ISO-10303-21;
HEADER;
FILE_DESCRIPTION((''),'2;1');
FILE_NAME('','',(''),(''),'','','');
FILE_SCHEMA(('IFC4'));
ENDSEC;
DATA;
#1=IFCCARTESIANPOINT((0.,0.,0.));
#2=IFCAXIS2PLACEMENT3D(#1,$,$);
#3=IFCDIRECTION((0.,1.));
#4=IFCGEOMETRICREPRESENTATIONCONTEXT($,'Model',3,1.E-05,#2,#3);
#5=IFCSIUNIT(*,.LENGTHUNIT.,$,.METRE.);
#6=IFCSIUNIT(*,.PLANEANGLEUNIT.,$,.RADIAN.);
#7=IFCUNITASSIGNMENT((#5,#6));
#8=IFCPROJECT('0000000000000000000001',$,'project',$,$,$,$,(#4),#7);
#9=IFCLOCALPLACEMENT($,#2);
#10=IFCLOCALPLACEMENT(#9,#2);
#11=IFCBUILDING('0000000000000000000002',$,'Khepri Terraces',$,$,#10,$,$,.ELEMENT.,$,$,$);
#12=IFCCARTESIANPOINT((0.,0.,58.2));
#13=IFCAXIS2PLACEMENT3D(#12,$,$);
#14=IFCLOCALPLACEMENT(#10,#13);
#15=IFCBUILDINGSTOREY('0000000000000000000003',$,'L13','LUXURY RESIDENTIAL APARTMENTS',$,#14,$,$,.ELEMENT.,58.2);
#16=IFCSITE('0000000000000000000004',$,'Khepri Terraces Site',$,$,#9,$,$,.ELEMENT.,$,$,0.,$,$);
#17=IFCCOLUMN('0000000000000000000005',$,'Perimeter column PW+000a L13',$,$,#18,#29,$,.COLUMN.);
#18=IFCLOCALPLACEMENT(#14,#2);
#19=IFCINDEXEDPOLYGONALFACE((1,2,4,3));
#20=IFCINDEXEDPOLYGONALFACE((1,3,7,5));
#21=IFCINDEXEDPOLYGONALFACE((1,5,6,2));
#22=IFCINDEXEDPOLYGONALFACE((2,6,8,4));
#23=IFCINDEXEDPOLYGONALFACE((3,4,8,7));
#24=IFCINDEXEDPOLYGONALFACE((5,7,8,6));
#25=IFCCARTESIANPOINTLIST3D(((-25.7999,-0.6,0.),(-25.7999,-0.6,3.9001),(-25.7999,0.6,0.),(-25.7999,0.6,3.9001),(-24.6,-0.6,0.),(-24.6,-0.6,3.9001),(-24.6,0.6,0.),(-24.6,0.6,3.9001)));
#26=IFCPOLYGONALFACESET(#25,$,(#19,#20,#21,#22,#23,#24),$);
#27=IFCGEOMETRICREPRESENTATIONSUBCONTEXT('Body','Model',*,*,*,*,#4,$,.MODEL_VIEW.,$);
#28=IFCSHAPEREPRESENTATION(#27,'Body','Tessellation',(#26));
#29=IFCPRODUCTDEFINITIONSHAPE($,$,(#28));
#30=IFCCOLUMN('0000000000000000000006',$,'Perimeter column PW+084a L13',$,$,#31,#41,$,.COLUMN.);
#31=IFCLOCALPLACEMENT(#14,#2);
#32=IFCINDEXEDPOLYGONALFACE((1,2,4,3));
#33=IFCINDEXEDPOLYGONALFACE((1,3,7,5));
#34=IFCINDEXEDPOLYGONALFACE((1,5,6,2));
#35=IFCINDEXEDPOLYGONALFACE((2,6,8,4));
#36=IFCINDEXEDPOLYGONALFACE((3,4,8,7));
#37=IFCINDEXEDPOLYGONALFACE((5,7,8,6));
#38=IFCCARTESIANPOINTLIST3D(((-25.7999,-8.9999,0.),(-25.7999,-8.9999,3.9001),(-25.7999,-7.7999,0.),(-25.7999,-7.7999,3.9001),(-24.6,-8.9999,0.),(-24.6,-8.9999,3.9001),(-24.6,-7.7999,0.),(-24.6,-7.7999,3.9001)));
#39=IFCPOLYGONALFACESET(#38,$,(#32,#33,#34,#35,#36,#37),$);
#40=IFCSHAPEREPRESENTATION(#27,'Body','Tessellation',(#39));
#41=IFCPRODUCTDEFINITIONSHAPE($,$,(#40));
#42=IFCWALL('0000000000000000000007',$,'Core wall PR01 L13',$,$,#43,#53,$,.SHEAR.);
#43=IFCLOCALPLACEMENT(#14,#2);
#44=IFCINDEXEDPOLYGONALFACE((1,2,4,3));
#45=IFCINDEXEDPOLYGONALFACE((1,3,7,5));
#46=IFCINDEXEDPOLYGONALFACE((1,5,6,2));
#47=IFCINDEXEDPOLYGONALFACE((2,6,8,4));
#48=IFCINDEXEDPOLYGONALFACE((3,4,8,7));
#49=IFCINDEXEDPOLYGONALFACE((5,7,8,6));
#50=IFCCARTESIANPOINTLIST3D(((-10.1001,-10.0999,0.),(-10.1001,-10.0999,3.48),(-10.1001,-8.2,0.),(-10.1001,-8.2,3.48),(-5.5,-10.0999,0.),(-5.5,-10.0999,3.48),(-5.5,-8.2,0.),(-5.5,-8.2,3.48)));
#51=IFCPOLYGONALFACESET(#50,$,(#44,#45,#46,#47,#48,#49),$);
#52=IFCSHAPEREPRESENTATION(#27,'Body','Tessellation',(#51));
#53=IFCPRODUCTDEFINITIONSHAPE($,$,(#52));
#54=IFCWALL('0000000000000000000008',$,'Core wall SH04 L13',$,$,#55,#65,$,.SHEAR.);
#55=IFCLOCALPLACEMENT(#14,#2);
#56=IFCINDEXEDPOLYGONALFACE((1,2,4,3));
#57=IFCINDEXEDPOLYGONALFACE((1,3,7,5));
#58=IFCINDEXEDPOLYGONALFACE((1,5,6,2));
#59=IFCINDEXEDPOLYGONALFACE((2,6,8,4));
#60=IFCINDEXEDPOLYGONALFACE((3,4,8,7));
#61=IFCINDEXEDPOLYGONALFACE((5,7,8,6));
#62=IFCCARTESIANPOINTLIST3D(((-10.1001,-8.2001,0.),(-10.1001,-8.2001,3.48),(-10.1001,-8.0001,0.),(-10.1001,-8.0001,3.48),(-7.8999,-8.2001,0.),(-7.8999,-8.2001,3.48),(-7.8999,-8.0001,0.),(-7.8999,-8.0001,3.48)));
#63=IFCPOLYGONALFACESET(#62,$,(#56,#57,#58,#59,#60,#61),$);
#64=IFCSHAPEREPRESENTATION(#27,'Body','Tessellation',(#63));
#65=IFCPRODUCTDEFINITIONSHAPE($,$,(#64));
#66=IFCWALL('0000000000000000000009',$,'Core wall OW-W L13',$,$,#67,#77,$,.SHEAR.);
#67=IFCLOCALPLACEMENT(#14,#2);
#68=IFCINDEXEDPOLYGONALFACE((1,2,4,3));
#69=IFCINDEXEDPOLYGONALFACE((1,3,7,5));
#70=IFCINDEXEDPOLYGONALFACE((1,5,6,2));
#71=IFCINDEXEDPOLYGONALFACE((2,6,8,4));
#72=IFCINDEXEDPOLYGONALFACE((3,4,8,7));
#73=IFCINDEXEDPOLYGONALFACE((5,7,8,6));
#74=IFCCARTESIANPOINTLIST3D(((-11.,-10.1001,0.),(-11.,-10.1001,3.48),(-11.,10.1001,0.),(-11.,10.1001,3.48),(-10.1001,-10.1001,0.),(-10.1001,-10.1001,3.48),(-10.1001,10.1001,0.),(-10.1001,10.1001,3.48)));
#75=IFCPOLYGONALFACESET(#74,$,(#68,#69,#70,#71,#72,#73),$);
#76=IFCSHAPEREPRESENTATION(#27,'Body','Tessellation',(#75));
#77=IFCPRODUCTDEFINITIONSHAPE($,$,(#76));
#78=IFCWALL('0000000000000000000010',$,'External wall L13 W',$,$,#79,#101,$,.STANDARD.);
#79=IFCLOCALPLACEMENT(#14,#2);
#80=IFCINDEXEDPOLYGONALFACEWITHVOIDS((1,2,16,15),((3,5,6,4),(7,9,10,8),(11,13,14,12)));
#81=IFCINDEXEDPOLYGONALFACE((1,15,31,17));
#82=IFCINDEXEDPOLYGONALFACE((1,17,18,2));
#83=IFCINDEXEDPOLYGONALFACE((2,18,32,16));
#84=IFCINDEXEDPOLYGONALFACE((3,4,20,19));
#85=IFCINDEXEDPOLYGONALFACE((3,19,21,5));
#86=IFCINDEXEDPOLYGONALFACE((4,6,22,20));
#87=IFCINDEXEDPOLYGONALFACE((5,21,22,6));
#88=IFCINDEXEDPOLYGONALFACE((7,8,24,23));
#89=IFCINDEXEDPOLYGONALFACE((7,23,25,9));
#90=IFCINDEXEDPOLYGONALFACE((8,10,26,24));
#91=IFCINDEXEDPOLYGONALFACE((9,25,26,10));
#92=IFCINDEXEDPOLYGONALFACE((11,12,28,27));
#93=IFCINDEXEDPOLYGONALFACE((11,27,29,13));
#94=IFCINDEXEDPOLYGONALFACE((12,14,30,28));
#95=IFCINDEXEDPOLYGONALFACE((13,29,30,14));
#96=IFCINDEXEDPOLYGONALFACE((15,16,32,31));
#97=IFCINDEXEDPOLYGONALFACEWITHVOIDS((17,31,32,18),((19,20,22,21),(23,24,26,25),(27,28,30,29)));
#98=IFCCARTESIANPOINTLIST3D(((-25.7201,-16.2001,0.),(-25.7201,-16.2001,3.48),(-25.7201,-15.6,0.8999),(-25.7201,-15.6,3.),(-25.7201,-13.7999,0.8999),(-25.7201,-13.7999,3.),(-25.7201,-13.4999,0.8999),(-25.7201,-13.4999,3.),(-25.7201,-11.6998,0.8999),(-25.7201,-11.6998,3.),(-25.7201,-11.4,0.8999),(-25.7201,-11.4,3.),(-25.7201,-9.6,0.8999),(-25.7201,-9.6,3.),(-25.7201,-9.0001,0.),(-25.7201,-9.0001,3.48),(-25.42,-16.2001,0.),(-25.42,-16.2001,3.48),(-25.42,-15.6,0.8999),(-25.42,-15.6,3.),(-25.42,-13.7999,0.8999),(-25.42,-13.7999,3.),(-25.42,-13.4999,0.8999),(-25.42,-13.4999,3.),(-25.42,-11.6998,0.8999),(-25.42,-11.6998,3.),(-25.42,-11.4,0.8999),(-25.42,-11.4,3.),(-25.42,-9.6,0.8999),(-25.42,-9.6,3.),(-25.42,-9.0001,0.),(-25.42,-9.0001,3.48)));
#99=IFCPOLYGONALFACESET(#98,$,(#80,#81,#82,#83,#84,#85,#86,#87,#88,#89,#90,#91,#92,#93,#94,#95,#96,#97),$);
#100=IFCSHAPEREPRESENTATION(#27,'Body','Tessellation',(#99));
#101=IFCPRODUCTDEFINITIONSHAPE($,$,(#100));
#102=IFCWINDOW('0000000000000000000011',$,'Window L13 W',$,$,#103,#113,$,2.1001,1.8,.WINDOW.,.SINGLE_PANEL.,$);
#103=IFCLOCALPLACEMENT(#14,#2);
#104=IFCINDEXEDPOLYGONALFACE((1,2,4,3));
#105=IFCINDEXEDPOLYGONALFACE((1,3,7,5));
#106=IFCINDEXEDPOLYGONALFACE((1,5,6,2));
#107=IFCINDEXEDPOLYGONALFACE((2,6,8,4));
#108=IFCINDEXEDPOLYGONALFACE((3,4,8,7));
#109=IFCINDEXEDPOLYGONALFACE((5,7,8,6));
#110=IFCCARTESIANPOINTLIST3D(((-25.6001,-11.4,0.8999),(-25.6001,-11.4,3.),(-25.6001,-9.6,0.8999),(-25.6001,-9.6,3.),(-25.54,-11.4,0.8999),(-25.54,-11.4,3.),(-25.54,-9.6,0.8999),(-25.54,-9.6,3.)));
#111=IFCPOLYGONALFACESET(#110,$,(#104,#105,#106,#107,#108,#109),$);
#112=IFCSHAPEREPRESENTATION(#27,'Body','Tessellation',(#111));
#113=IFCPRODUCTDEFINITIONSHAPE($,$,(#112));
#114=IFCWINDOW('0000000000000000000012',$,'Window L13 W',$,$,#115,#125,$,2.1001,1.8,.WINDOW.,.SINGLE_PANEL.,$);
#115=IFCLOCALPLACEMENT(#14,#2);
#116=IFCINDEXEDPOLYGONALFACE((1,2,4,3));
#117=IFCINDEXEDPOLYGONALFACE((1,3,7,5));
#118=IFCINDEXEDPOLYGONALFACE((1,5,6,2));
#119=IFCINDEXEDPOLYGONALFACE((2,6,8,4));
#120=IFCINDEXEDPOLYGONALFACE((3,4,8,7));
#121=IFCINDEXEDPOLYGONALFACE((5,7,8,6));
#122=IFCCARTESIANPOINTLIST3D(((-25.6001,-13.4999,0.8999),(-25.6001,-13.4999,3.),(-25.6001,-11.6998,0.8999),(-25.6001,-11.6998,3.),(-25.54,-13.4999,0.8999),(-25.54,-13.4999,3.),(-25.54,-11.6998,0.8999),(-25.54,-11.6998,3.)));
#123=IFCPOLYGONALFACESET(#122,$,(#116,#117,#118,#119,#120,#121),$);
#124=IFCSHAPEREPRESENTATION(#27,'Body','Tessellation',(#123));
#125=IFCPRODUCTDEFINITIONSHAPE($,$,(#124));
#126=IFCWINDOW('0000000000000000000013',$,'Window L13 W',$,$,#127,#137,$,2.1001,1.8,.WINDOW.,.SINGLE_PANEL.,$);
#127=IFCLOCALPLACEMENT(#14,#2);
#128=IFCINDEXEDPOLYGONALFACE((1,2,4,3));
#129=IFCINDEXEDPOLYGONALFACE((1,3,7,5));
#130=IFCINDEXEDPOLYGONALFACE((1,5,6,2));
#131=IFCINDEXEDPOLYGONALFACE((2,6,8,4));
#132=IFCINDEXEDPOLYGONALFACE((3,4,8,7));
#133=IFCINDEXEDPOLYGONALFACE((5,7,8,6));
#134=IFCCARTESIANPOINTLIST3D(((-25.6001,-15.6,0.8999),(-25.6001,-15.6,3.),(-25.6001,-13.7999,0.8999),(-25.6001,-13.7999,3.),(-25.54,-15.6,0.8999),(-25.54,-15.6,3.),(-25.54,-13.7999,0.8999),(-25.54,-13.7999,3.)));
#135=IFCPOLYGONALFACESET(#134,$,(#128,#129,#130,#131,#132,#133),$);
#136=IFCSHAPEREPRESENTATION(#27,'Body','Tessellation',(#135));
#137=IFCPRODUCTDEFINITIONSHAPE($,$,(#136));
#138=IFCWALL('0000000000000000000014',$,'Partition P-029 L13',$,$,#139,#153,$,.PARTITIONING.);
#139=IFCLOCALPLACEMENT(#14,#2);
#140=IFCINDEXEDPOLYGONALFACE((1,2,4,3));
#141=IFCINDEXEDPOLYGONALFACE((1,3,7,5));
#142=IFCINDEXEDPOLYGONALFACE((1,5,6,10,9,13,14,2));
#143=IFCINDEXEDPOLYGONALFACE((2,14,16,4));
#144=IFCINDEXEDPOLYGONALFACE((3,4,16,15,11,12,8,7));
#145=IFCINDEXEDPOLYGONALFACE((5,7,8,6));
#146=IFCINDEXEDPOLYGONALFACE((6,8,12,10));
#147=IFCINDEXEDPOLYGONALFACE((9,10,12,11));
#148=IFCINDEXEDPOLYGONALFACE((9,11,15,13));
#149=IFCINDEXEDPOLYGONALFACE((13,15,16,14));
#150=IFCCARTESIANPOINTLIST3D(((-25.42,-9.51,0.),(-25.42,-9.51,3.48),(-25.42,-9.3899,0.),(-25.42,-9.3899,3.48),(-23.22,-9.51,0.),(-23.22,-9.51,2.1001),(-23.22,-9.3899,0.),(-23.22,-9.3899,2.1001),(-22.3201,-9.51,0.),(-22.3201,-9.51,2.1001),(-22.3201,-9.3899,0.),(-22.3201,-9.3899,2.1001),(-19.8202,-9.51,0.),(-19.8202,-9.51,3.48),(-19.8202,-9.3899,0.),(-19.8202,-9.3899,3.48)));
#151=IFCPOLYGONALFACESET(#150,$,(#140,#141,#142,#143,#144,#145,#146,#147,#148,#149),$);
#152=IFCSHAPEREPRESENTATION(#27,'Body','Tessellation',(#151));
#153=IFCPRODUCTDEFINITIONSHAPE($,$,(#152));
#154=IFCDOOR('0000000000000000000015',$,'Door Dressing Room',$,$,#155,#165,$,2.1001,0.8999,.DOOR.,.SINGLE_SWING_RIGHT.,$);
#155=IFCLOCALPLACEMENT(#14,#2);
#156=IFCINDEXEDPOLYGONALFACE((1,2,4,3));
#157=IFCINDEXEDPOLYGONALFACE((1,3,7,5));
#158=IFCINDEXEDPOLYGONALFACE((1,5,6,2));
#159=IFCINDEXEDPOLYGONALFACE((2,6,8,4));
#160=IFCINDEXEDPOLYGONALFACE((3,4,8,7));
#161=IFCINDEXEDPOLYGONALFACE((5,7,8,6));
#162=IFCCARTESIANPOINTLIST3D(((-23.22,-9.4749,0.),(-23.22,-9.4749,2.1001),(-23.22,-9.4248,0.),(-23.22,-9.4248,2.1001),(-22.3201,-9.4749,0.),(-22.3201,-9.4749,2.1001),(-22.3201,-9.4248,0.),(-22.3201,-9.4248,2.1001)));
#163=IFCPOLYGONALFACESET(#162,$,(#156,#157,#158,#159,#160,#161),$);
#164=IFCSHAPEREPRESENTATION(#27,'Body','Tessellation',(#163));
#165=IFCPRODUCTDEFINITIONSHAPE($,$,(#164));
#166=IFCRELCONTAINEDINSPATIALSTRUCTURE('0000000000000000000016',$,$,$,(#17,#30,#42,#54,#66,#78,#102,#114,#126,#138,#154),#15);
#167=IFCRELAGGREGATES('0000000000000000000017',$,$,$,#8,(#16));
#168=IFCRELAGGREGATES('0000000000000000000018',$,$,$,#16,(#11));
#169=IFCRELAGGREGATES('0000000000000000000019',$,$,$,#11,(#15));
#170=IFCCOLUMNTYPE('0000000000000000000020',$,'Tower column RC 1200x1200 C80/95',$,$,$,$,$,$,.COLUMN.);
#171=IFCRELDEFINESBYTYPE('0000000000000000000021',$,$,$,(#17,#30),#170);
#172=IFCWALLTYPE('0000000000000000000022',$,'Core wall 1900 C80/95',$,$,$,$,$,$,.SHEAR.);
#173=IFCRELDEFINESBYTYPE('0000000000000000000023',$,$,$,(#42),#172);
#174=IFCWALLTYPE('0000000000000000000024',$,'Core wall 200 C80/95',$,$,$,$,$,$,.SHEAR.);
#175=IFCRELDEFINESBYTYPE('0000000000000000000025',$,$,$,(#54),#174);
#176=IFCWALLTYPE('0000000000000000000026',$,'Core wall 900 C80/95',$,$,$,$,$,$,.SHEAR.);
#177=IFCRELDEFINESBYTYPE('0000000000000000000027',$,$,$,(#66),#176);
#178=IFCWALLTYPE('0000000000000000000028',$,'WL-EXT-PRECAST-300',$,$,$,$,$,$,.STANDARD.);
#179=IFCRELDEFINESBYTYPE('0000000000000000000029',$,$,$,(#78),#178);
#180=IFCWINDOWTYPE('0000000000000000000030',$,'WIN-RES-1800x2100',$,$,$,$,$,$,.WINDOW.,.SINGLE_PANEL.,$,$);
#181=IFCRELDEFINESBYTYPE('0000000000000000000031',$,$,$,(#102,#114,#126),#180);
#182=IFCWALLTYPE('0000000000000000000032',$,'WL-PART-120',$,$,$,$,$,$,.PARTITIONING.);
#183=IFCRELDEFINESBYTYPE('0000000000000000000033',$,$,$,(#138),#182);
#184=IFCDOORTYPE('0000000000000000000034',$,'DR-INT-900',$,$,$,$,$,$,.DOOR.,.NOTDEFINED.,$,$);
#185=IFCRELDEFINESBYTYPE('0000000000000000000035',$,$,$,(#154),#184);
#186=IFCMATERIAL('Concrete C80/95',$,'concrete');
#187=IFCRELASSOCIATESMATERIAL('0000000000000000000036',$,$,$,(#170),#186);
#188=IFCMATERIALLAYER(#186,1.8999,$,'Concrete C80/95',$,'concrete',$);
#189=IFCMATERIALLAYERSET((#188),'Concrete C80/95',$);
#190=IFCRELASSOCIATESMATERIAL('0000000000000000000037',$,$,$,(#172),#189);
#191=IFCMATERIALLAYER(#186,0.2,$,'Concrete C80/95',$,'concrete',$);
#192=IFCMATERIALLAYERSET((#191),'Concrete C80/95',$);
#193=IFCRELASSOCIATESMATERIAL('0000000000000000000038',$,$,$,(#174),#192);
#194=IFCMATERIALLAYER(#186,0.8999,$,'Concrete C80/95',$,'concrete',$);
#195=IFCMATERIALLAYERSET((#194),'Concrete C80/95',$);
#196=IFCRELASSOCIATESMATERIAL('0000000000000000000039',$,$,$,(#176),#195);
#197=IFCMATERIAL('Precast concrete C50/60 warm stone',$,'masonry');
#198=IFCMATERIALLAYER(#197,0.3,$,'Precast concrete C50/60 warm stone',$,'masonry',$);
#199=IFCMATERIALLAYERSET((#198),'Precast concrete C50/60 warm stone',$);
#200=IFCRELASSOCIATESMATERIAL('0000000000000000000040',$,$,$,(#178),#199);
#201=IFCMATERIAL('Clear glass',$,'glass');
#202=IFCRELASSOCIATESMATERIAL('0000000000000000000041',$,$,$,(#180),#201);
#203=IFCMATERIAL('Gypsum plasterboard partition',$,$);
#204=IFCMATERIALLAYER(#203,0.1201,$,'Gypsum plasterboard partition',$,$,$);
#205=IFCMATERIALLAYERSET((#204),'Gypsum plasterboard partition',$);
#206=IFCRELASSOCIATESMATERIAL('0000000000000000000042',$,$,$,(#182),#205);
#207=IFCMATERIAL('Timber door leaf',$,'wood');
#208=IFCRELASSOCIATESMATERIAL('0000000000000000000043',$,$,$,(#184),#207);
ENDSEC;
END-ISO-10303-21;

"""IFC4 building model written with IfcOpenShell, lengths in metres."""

from ifc_helpers import new_model, si_unit, direction, frame, frame_2d, origin, origin_2d, place, context, subcontext, project, spatial, rectangle, extrude, material, layer, layer_set, material_profile, profile_set, type_object, element, fill, save


model = new_model("IFC4")

# Units and contexts
model_context = context("Model", 3, precision=1e-05, world=origin(), true_north=direction((0.0, 1.0)))
body_context = subcontext(model_context, "Body", "Model", "MODEL_VIEW")
ifc_project = project(units=[si_unit("LENGTHUNIT", "METRE"), si_unit("PLANEANGLEUNIT", "RADIAN")], contexts=[model_context])

# Site, building, storey
site_placement = place(None, origin())
site = spatial("IfcSite", under=ifc_project, at=site_placement, Name="Khepri Terraces Site", CompositionType="ELEMENT", RefElevation=0.0)
building_placement = place(site_placement, origin())
building = spatial("IfcBuilding", under=site, at=building_placement, Name="Khepri Terraces", CompositionType="ELEMENT")
storey_placement = place(building_placement, frame((0.0, 0.0, 58.2)))
storey = spatial("IfcBuildingStorey", under=building, at=storey_placement, Name="L13", Description="LUXURY RESIDENTIAL APARTMENTS", CompositionType="ELEMENT", Elevation=58.2)

# Columns
ifc_material_1 = material(Name="Concrete C80/95", Category="concrete")
ifc_material_profile = material_profile(ifc_material_1, rectangle(XDim=1.2, YDim=1.2, at=origin_2d()), Name="Concrete C80/95", Category="concrete")
ifc_profile_set = profile_set([ifc_material_profile], Name="Concrete C80/95")
column_type = type_object("IfcColumnType", Name="Tower column RC 1200x1200 C80/95", PredefinedType="COLUMN", material=ifc_profile_set)
for number, where, z_axis, x_axis, name in (
    (1, (-25.2, 0.0, 0.0), (0.0, 0.0, 1.0), (1.0, 0.0, 0.0), "Perimeter column PW+000a L13"),
    (2, (-25.2, -8.3999, 0.0), (0.0, 0.0, 1.0), (1.0, 0.0, 0.0), "Perimeter column PW+084a L13"),
):
    element("IfcColumn", number, at=place(storey_placement, frame(where, z_axis=z_axis, x_axis=x_axis)), inside=storey, type_object=column_type, Name=name, PredefinedType="COLUMN", context=body_context, shape_type="SweptSolid", body=[
        extrude(rectangle(XDim=1.2, YDim=1.2, at=origin_2d()), origin(), (0.0, 0.0, 1.0), 3.9001),
    ])

# Walls
ifc_layer_1 = layer(ifc_material_1, 1.8999, Name="Concrete C80/95", Category="concrete")
ifc_layer_set_1 = layer_set([ifc_layer_1], Name="Concrete C80/95")
wall_type_1 = type_object("IfcWallType", Name="Core wall 1900 C80/95", PredefinedType="SHEAR", material=ifc_layer_set_1)
wall_1_placement = place(storey_placement, frame((-10.1001, -9.1499, 0.0), z_axis=(0.0, 0.0, 1.0), x_axis=(1.0, 0.0, 0.0)))
element("IfcWall", 3, at=wall_1_placement, inside=storey, type_object=wall_type_1, Name="Core wall PR01 L13", PredefinedType="SHEAR", context=body_context, shape_type="SweptSolid", body=[
    extrude(rectangle(XDim=4.6001, YDim=1.8999, at=frame_2d((2.3, 0.0))), origin(), (0.0, 0.0, 1.0), 3.48),
])
ifc_layer_2 = layer(ifc_material_1, 0.2, Name="Concrete C80/95", Category="concrete")
ifc_layer_set_2 = layer_set([ifc_layer_2], Name="Concrete C80/95")
wall_type_2 = type_object("IfcWallType", Name="Core wall 200 C80/95", PredefinedType="SHEAR", material=ifc_layer_set_2)
wall_2_placement = place(storey_placement, frame((-10.1001, -8.1001, 0.0), z_axis=(0.0, 0.0, 1.0), x_axis=(1.0, 0.0, 0.0)))
element("IfcWall", 4, at=wall_2_placement, inside=storey, type_object=wall_type_2, Name="Core wall SH04 L13", PredefinedType="SHEAR", context=body_context, shape_type="SweptSolid", body=[
    extrude(rectangle(XDim=2.2002, YDim=0.2, at=frame_2d((1.1001, 0.0))), origin(), (0.0, 0.0, 1.0), 3.48),
])
ifc_layer_3 = layer(ifc_material_1, 0.8999, Name="Concrete C80/95", Category="concrete")
ifc_layer_set_3 = layer_set([ifc_layer_3], Name="Concrete C80/95")
wall_type_3 = type_object("IfcWallType", Name="Core wall 900 C80/95", PredefinedType="SHEAR", material=ifc_layer_set_3)
wall_3_placement = place(storey_placement, frame((-10.55, -10.1001, 0.0), z_axis=(0.0, 0.0, 1.0), x_axis=(0.0, 1.0, 0.0)))
element("IfcWall", 5, at=wall_3_placement, inside=storey, type_object=wall_type_3, Name="Core wall OW-W L13", PredefinedType="SHEAR", context=body_context, shape_type="SweptSolid", body=[
    extrude(rectangle(XDim=20.2002, YDim=0.8999, at=frame_2d((10.1001, 0.0))), origin(), (0.0, 0.0, 1.0), 3.48),
])

# Shared definitions
ifc_material_2 = material(Name="Precast concrete C50/60 warm stone", Category="masonry")
ifc_layer_4 = layer(ifc_material_2, 0.3, Name="Precast concrete C50/60 warm stone", Category="masonry")
ifc_layer_set_4 = layer_set([ifc_layer_4], Name="Precast concrete C50/60 warm stone")
wall_type_4 = type_object("IfcWallType", Name="WL-EXT-PRECAST-300", PredefinedType="STANDARD", material=ifc_layer_set_4)
ifc_material_3 = material(Name="Clear glass", Category="glass")
window_type = type_object("IfcWindowType", Name="WIN-RES-1800x2100", PartitioningType="SINGLE_PANEL", PredefinedType="WINDOW", material=ifc_material_3)

# Wall, openings, windows
wall_4_placement = place(storey_placement, frame((-25.5701, -9.0, 0.0), z_axis=(0.0, 0.0, 1.0), x_axis=(0.0, -1.0, 0.0)))
wall_4 = element("IfcWall", 6, at=wall_4_placement, inside=storey, type_object=wall_type_4, Name="External wall L13 W", PredefinedType="STANDARD", context=body_context, shape_type="SweptSolid", body=[
    extrude(rectangle(XDim=7.2, YDim=0.3, at=frame_2d((3.6001, 0.0))), origin(), (0.0, 0.0, 1.0), 3.48),
])
opening_1_placement = place(wall_4_placement, frame((0.6001, 0.0, 0.8999)))
opening_1 = element("IfcOpeningElement", 7, at=opening_1_placement, cuts=wall_4, PredefinedType="OPENING", context=body_context, shape_type="SweptSolid", body=[
    extrude(rectangle(XDim=1.8, YDim=2.1001, at=frame_2d((0.8999, 1.05))), frame((0.0, 0.1602, 0.0), z_axis=(0.0, -1.0, 0.0), x_axis=(1.0, 0.0, 0.0)), (0.0, 0.0, 1.0), 0.3201),
])
opening_2_placement = place(wall_4_placement, frame((2.7, 0.0, 0.8999)))
opening_2 = element("IfcOpeningElement", 8, at=opening_2_placement, cuts=wall_4, PredefinedType="OPENING", context=body_context, shape_type="SweptSolid", body=[
    extrude(rectangle(XDim=1.8, YDim=2.1001, at=frame_2d((0.8999, 1.05))), frame((0.0, 0.1602, 0.0), z_axis=(0.0, -1.0, 0.0), x_axis=(1.0, 0.0, 0.0)), (0.0, 0.0, 1.0), 0.3201),
])
opening_3_placement = place(wall_4_placement, frame((4.8, 0.0, 0.8999)))
opening_3 = element("IfcOpeningElement", 9, at=opening_3_placement, cuts=wall_4, PredefinedType="OPENING", context=body_context, shape_type="SweptSolid", body=[
    extrude(rectangle(XDim=1.8, YDim=2.1001, at=frame_2d((0.8999, 1.05))), frame((0.0, 0.1602, 0.0), z_axis=(0.0, -1.0, 0.0), x_axis=(1.0, 0.0, 0.0)), (0.0, 0.0, 1.0), 0.3201),
])
window_1_placement = place(opening_1_placement, origin())
window_1 = element("IfcWindow", 10, at=window_1_placement, inside=storey, type_object=window_type, Name="Window L13 W", OverallHeight=2.1001, OverallWidth=1.8, PartitioningType="SINGLE_PANEL", PredefinedType="WINDOW", context=body_context, shape_type="SweptSolid", body=[
    extrude(rectangle(XDim=1.8, YDim=2.1001, at=frame_2d((0.8999, 1.05))), frame((0.0, 0.03, 0.0), z_axis=(0.0, -1.0, 0.0), x_axis=(1.0, 0.0, 0.0)), (0.0, 0.0, 1.0), 0.0601),
])
fill(opening_1, window_1)
window_2_placement = place(opening_2_placement, origin())
window_2 = element("IfcWindow", 11, at=window_2_placement, inside=storey, type_object=window_type, Name="Window L13 W", OverallHeight=2.1001, OverallWidth=1.8, PartitioningType="SINGLE_PANEL", PredefinedType="WINDOW", context=body_context, shape_type="SweptSolid", body=[
    extrude(rectangle(XDim=1.8, YDim=2.1001, at=frame_2d((0.8999, 1.05))), frame((0.0, 0.03, 0.0), z_axis=(0.0, -1.0, 0.0), x_axis=(1.0, 0.0, 0.0)), (0.0, 0.0, 1.0), 0.0601),
])
fill(opening_2, window_2)
window_3_placement = place(opening_3_placement, origin())
window_3 = element("IfcWindow", 12, at=window_3_placement, inside=storey, type_object=window_type, Name="Window L13 W", OverallHeight=2.1001, OverallWidth=1.8, PartitioningType="SINGLE_PANEL", PredefinedType="WINDOW", context=body_context, shape_type="SweptSolid", body=[
    extrude(rectangle(XDim=1.8, YDim=2.1001, at=frame_2d((0.8999, 1.05))), frame((0.0, 0.03, 0.0), z_axis=(0.0, -1.0, 0.0), x_axis=(1.0, 0.0, 0.0)), (0.0, 0.0, 1.0), 0.0601),
])
fill(opening_3, window_3)

# Wall, opening, door
ifc_material_4 = material(Name="Gypsum plasterboard partition")
ifc_layer_5 = layer(ifc_material_4, 0.1201, Name="Gypsum plasterboard partition")
ifc_layer_set_5 = layer_set([ifc_layer_5], Name="Gypsum plasterboard partition")
wall_type_5 = type_object("IfcWallType", Name="WL-PART-120", PredefinedType="PARTITIONING", material=ifc_layer_set_5)
wall_5_placement = place(storey_placement, frame((-25.4199, -9.45, 0.0), z_axis=(0.0, 0.0, 1.0), x_axis=(1.0, 0.0, 0.0)))
wall_5 = element("IfcWall", 13, at=wall_5_placement, inside=storey, type_object=wall_type_5, Name="Partition P-029 L13", PredefinedType="PARTITIONING", context=body_context, shape_type="SweptSolid", body=[
    extrude(rectangle(XDim=5.5999, YDim=0.1201, at=frame_2d((2.7998, 0.0))), origin(), (0.0, 0.0, 1.0), 3.48),
])
opening_4_placement = place(wall_5_placement, frame((2.2, 0.0, 0.0)))
opening_4 = element("IfcOpeningElement", 14, at=opening_4_placement, cuts=wall_5, PredefinedType="OPENING", context=body_context, shape_type="SweptSolid", body=[
    extrude(rectangle(XDim=0.8999, YDim=2.1001, at=frame_2d((0.45, 1.05))), frame((0.0, 0.0701, 0.0), z_axis=(0.0, -1.0, 0.0), x_axis=(1.0, 0.0, 0.0)), (0.0, 0.0, 1.0), 0.1401),
])
ifc_material_5 = material(Name="Timber door leaf", Category="wood")
door_type_1 = type_object("IfcDoorType", Name="DR-INT-900", OperationType="NOTDEFINED", PredefinedType="DOOR", material=ifc_material_5)
door_1_placement = place(opening_4_placement, frame((0.8999, 0.0, 0.0), z_axis=(0.0, 0.0, 1.0), x_axis=(-1.0, 0.0, 0.0)))
door_1 = element("IfcDoor", 15, at=door_1_placement, inside=storey, type_object=door_type_1, Name="Door Dressing Room", OperationType="SINGLE_SWING_RIGHT", OverallHeight=2.1001, OverallWidth=0.8999, PredefinedType="DOOR", context=body_context, shape_type="SweptSolid", body=[
    extrude(rectangle(XDim=0.8999, YDim=2.1001, at=frame_2d((0.45, 1.05))), frame((0.0, 0.0249, 0.0), z_axis=(0.0, -1.0, 0.0), x_axis=(1.0, 0.0, 0.0)), (0.0, 0.0, 1.0), 0.05),
])
fill(opening_4, door_1)

save(model, "model.ifc")
